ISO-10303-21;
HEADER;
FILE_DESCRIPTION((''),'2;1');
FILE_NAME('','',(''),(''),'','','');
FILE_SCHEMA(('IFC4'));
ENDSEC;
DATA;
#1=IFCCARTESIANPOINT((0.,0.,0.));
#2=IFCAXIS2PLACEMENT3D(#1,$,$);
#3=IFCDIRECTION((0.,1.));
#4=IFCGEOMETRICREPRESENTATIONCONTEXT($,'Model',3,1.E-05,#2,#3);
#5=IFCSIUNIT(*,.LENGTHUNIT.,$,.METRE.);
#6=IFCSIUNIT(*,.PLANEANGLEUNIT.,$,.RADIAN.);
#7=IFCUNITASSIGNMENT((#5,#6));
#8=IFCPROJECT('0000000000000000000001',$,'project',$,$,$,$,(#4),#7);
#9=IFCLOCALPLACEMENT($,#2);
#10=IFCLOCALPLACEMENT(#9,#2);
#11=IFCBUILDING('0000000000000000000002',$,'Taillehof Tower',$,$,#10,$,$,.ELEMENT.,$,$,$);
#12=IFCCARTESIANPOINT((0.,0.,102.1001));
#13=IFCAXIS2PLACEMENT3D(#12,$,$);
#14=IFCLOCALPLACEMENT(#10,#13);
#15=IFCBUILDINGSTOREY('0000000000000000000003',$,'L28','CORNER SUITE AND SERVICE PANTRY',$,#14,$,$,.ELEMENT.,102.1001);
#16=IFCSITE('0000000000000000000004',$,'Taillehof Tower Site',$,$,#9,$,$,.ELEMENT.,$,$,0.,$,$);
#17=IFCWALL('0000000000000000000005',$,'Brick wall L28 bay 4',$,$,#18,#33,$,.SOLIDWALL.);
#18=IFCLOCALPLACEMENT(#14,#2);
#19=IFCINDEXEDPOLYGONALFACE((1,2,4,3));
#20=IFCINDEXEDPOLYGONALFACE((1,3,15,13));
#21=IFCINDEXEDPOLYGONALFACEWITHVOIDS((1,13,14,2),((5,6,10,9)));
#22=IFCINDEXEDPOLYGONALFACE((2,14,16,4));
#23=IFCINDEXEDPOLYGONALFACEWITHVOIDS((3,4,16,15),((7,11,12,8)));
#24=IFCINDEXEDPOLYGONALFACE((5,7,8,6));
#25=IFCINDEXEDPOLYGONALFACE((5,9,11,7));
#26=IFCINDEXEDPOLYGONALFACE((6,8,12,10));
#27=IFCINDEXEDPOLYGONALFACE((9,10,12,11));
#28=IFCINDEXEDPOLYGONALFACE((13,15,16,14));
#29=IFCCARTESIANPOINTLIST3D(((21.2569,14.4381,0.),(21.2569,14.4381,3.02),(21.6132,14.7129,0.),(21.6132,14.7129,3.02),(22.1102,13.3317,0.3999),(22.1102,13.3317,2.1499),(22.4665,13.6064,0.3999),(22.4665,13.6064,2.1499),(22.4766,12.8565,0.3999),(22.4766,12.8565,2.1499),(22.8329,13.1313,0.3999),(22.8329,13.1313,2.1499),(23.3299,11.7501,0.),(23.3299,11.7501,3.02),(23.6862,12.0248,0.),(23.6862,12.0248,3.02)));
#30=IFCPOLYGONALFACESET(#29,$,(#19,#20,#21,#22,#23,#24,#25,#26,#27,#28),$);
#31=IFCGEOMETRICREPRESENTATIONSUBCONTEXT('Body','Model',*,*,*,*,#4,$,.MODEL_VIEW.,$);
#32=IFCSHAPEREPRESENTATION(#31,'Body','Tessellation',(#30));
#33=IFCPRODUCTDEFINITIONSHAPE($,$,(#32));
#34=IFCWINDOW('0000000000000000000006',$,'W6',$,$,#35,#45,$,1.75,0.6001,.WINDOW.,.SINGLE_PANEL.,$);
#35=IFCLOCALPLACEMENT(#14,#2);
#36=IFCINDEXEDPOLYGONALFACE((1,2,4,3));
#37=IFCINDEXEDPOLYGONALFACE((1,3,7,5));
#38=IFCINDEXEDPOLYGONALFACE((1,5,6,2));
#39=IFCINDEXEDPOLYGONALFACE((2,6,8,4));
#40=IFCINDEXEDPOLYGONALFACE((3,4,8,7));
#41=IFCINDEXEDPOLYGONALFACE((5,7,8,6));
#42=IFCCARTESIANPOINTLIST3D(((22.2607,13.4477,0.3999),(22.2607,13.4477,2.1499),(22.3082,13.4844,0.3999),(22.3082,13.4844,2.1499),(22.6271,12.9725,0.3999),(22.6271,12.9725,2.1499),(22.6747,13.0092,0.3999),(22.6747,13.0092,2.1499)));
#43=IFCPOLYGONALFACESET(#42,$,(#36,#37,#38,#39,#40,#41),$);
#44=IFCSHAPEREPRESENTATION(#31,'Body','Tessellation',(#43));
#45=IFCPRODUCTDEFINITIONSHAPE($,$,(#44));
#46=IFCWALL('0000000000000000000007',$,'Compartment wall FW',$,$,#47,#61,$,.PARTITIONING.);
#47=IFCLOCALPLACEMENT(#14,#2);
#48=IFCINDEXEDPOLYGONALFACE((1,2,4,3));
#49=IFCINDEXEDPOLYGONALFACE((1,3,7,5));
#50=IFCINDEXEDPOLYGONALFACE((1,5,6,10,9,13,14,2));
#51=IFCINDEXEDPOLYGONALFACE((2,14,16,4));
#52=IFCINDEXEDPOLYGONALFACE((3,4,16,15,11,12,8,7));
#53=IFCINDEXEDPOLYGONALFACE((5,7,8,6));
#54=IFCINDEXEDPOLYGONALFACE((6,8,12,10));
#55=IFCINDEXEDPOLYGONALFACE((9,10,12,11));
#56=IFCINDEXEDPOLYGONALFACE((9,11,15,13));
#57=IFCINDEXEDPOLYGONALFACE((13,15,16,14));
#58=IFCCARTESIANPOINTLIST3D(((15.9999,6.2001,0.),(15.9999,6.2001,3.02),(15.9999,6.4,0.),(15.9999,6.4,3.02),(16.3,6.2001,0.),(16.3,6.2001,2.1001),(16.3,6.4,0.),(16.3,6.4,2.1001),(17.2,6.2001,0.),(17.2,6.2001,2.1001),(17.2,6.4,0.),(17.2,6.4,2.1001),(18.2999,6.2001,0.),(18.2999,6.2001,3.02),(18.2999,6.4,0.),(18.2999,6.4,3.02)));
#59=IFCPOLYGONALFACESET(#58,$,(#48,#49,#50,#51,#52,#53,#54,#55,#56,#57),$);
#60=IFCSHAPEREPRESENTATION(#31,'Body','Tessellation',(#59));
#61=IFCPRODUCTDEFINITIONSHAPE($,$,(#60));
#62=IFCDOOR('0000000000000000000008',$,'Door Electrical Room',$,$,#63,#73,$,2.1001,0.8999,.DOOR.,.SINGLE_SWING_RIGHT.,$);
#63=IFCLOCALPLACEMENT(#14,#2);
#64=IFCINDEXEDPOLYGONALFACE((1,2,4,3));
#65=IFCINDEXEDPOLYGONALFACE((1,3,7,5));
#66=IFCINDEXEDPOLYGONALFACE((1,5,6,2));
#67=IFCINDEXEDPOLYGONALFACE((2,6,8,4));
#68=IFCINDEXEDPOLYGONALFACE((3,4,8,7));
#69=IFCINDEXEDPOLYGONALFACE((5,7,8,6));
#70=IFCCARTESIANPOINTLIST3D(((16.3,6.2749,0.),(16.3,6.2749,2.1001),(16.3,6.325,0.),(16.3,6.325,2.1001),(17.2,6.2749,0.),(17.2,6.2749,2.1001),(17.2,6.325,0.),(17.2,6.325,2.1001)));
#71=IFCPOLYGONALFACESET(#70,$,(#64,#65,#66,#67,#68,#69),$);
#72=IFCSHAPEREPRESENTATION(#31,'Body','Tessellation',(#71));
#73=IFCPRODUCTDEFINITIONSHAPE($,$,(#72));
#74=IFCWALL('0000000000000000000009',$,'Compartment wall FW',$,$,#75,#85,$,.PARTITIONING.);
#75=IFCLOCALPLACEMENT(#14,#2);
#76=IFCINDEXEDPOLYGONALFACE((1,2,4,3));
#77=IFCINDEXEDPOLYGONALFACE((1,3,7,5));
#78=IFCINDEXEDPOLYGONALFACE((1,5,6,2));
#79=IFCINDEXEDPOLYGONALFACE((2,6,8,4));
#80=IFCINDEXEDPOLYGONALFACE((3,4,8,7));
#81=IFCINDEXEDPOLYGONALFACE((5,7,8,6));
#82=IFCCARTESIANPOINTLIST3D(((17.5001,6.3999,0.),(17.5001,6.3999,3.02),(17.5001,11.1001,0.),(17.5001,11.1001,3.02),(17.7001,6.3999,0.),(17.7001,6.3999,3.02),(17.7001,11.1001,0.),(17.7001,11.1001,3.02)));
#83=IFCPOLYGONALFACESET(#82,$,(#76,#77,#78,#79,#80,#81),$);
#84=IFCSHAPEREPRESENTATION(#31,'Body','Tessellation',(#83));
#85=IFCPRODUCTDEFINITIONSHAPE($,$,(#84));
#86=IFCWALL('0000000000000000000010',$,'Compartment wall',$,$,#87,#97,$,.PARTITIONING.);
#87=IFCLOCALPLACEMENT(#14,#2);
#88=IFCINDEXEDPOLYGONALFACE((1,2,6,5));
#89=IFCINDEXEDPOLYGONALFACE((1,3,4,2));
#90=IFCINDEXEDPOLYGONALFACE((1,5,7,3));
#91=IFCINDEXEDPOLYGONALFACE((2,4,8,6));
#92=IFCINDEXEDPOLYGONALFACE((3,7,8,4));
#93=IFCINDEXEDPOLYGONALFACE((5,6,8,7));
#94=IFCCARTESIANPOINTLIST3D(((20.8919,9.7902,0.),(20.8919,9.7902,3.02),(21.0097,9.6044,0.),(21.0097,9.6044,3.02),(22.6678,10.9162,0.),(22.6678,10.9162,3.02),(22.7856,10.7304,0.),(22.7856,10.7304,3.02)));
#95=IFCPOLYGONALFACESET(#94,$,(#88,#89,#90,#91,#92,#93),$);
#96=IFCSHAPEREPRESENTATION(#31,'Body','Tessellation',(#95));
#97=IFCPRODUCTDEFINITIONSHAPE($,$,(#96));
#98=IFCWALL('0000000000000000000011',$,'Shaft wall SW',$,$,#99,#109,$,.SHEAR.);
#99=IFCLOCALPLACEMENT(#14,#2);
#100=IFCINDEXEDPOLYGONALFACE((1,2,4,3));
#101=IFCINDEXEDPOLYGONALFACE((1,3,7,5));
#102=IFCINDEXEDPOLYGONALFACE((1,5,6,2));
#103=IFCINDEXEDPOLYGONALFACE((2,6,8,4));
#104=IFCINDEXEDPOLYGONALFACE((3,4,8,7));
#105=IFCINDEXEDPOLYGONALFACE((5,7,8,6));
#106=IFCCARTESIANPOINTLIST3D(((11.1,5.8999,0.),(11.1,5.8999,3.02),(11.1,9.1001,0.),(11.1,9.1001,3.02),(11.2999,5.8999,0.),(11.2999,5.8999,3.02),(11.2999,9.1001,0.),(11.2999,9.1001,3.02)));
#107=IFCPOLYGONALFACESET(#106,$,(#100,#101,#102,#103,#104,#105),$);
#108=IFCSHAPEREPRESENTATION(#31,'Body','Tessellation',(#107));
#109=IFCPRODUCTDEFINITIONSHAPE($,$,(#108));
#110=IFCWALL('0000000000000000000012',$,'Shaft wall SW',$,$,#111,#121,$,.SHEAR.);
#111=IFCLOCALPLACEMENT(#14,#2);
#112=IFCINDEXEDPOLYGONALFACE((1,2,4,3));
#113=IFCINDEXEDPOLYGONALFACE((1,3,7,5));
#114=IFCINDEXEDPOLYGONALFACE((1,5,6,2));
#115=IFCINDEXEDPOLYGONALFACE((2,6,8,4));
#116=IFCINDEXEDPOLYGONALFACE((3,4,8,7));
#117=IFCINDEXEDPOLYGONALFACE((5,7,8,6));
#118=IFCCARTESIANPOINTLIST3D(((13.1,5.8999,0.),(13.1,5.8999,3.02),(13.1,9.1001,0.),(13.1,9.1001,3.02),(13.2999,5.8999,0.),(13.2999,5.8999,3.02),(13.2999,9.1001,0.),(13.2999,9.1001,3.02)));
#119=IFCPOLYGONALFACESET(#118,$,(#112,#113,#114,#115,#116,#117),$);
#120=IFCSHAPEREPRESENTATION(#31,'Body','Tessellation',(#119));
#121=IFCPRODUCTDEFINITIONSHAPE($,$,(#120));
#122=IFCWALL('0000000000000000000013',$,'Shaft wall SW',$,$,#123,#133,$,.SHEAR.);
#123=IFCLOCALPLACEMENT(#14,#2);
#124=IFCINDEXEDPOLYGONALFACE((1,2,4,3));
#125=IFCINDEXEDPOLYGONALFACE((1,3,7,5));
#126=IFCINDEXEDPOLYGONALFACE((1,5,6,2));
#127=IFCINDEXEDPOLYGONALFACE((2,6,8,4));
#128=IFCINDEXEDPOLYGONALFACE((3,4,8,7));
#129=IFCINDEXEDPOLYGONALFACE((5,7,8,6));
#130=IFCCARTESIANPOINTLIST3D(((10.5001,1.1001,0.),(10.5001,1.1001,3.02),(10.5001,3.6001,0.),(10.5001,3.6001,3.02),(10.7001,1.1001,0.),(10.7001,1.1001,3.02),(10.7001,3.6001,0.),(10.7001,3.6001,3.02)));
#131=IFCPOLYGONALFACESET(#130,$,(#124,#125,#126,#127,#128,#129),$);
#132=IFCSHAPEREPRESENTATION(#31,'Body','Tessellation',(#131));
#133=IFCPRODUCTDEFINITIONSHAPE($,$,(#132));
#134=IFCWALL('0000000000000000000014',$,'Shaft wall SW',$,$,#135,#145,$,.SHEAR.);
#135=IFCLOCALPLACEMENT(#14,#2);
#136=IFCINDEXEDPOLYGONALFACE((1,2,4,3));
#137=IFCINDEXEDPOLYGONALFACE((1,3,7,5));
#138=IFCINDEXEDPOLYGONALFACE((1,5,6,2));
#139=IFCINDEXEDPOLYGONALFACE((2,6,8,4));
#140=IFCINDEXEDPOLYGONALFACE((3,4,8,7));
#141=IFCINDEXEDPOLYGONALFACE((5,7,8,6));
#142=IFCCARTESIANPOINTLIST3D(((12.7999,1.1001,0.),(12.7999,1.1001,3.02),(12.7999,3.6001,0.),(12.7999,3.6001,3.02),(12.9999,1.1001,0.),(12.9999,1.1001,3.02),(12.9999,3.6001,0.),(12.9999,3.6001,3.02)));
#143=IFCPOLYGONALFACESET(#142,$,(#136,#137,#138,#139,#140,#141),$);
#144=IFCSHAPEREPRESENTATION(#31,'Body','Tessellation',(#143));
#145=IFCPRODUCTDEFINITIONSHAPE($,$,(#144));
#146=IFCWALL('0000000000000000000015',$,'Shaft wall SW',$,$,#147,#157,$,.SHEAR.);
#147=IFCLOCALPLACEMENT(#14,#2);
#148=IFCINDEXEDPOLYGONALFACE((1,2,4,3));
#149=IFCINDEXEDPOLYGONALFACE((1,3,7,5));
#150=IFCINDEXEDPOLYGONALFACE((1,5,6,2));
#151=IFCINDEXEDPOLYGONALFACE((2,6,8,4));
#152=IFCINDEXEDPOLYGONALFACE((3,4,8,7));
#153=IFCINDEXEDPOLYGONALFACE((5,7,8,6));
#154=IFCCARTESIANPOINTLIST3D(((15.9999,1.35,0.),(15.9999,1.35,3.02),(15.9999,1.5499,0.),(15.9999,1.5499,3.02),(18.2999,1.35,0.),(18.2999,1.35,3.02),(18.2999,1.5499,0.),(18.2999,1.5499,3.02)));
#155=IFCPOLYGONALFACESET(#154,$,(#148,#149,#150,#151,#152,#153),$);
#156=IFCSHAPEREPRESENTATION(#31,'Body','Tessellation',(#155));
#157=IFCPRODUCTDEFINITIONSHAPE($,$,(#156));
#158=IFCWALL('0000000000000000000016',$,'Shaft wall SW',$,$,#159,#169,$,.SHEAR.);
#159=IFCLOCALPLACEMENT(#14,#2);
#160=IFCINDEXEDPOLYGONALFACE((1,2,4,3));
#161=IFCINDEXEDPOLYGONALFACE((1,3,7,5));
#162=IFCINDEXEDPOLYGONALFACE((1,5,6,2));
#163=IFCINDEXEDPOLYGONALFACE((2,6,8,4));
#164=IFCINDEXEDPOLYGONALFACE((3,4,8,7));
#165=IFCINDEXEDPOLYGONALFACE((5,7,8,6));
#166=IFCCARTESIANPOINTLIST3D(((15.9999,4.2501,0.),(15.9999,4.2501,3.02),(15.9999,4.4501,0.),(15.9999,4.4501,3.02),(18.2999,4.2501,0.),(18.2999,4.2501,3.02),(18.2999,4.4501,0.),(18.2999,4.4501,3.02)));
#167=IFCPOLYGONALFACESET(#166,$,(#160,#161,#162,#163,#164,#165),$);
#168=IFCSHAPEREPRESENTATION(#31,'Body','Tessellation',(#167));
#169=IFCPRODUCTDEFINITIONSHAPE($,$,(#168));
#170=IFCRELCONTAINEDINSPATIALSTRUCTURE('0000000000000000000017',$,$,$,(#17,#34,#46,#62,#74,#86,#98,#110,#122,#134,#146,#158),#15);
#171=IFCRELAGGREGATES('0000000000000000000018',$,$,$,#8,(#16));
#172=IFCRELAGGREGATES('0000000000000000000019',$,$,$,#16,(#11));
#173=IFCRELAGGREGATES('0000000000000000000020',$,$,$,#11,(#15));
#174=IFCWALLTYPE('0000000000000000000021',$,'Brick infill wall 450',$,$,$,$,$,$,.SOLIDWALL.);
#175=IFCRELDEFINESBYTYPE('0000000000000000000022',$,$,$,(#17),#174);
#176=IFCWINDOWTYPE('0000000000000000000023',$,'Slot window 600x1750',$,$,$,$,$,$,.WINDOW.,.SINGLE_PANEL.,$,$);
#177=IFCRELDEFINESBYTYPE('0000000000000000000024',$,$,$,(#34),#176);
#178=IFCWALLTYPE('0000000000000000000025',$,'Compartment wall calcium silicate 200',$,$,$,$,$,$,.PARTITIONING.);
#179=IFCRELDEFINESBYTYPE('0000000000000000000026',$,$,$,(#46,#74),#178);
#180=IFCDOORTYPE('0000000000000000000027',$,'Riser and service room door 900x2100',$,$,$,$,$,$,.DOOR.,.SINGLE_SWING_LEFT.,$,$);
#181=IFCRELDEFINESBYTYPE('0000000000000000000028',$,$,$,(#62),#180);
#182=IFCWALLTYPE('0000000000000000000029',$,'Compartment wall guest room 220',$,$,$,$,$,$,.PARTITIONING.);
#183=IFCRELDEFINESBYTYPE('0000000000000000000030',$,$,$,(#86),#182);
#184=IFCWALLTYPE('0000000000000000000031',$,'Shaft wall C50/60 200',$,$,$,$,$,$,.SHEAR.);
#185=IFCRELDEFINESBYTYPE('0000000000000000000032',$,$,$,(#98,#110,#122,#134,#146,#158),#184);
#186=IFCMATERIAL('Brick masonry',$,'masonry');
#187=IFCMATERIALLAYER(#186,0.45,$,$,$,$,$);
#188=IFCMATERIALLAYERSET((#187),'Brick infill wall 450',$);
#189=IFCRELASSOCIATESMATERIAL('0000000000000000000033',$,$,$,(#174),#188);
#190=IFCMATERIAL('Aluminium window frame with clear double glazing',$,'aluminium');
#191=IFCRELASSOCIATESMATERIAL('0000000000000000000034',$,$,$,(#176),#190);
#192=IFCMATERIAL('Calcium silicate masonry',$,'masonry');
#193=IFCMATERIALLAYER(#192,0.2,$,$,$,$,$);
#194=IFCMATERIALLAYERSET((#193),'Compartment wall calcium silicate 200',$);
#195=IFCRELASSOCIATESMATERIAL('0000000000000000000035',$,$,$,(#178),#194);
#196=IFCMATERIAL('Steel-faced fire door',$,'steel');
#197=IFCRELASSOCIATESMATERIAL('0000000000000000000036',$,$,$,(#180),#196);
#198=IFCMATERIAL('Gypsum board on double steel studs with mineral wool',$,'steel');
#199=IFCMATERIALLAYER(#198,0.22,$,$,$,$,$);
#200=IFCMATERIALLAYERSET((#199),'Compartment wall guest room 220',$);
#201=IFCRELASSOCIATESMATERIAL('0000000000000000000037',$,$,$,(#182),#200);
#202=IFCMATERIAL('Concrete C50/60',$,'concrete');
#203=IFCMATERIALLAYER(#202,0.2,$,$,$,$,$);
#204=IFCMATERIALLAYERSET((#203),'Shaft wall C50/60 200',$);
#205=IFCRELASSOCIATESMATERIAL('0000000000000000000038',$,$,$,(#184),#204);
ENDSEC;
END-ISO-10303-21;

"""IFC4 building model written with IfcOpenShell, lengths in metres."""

from ifc_helpers import new_model, si_unit, direction, frame, frame_2d, origin, place, context, subcontext, project, spatial, rectangle, extrude, material, layer, layer_set, type_object, element, fill, save


model = new_model("IFC4")

# Units and contexts
model_context = context("Model", 3, precision=1e-05, world=origin(), true_north=direction((0.0, 1.0)))
body_context = subcontext(model_context, "Body", "Model", "MODEL_VIEW")
ifc_project = project(units=[si_unit("LENGTHUNIT", "METRE"), si_unit("PLANEANGLEUNIT", "RADIAN")], contexts=[model_context])

# Site, building, storey
site_placement = place(None, origin())
site = spatial("IfcSite", under=ifc_project, at=site_placement, Name="Taillehof Tower Site", CompositionType="ELEMENT", RefElevation=0.0)
building_placement = place(site_placement, origin())
building = spatial("IfcBuilding", under=site, at=building_placement, Name="Taillehof Tower", CompositionType="ELEMENT")
storey_placement = place(building_placement, frame((0.0, 0.0, 102.1001)))
storey = spatial("IfcBuildingStorey", under=building, at=storey_placement, Name="L28", Description="CORNER SUITE AND SERVICE PANTRY", CompositionType="ELEMENT", Elevation=102.1001)

# Shared definitions
ifc_material_1 = material(Name="Brick masonry", Category="masonry")
ifc_layer_1 = layer(ifc_material_1, 0.45)
ifc_layer_set_1 = layer_set([ifc_layer_1], Name="Brick infill wall 450")
wall_type_1 = type_object("IfcWallType", Name="Brick infill wall 450", PredefinedType="SOLIDWALL", material=ifc_layer_set_1)
ifc_material_2 = material(Name="Aluminium window frame with clear double glazing", Category="aluminium")
window_type = type_object("IfcWindowType", Name="Slot window 600x1750", PartitioningType="SINGLE_PANEL", PredefinedType="WINDOW", material=ifc_material_2)

# Wall, opening, window
wall_1_placement = place(storey_placement, frame((23.5081, 11.8875, 0.0), z_axis=(0.0, 0.0, 1.0), x_axis=(-0.610694, 0.791867, 0.0)))
wall_1 = element("IfcWall", 1, at=wall_1_placement, inside=storey, type_object=wall_type_1, Name="Brick wall L28 bay 4", PredefinedType="SOLIDWALL", context=body_context, shape_type="SweptSolid", body=[
    extrude(rectangle(XDim=3.3945, YDim=0.45, at=frame_2d((1.6973, 0.0))), origin(), (0.0, 0.0, 1.0), 3.02),
])
opening_1_placement = place(wall_1_placement, frame((1.3972, 0.0, 0.3999)))
opening_1 = element("IfcOpeningElement", 2, at=opening_1_placement, cuts=wall_1, PredefinedType="OPENING", context=body_context, shape_type="SweptSolid", body=[
    extrude(rectangle(XDim=0.6001, YDim=1.75, at=frame_2d((0.3, 0.875))), frame((0.0, 0.2349, 0.0), z_axis=(0.0, -1.0, 0.0), x_axis=(1.0, 0.0, 0.0)), (0.0, 0.0, 1.0), 0.47),
])
window_1_placement = place(opening_1_placement, origin())
window_1 = element("IfcWindow", 3, at=window_1_placement, inside=storey, type_object=window_type, Name="W6", OverallHeight=1.75, OverallWidth=0.6001, PartitioningType="SINGLE_PANEL", PredefinedType="WINDOW", context=body_context, shape_type="SweptSolid", body=[
    extrude(rectangle(XDim=0.6001, YDim=1.75, at=frame_2d((0.3, 0.875))), frame((0.0, 0.0349, 0.0), z_axis=(0.0, -1.0, 0.0), x_axis=(1.0, 0.0, 0.0)), (0.0, 0.0, 1.0), 0.0601),
])
fill(opening_1, window_1)

# Wall, opening, door
ifc_material_3 = material(Name="Calcium silicate masonry", Category="masonry")
ifc_layer_2 = layer(ifc_material_3, 0.2)
ifc_layer_set_2 = layer_set([ifc_layer_2], Name="Compartment wall calcium silicate 200")
wall_type_2 = type_object("IfcWallType", Name="Compartment wall calcium silicate 200", PredefinedType="PARTITIONING", material=ifc_layer_set_2)
wall_2_placement = place(storey_placement, frame((16.0, 6.3, 0.0), z_axis=(0.0, 0.0, 1.0), x_axis=(1.0, 0.0, 0.0)))
wall_2 = element("IfcWall", 4, at=wall_2_placement, inside=storey, type_object=wall_type_2, Name="Compartment wall FW", PredefinedType="PARTITIONING", context=body_context, shape_type="SweptSolid", body=[
    extrude(rectangle(XDim=2.3, YDim=0.2, at=frame_2d((1.1499, 0.0))), origin(), (0.0, 0.0, 1.0), 3.02),
])
opening_2_placement = place(wall_2_placement, frame((0.3, 0.0, 0.0)))
opening_2 = element("IfcOpeningElement", 5, at=opening_2_placement, cuts=wall_2, PredefinedType="OPENING", context=body_context, shape_type="SweptSolid", body=[
    extrude(rectangle(XDim=0.8999, YDim=2.1001, at=frame_2d((0.45, 1.05))), frame((0.0, 0.1099, 0.0), z_axis=(0.0, -1.0, 0.0), x_axis=(1.0, 0.0, 0.0)), (0.0, 0.0, 1.0), 0.22),
])
ifc_material_4 = material(Name="Steel-faced fire door", Category="steel")
door_type = type_object("IfcDoorType", Name="Riser and service room door 900x2100", OperationType="SINGLE_SWING_LEFT", PredefinedType="DOOR", material=ifc_material_4)
door_placement = place(opening_2_placement, origin())
door = element("IfcDoor", 6, at=door_placement, inside=storey, type_object=door_type, Name="Door Electrical Room", OperationType="SINGLE_SWING_RIGHT", OverallHeight=2.1001, OverallWidth=0.8999, PredefinedType="DOOR", context=body_context, shape_type="SweptSolid", body=[
    extrude(rectangle(XDim=0.8999, YDim=2.1001, at=frame_2d((0.45, 1.05))), frame((0.0, 0.0249, 0.0), z_axis=(0.0, -1.0, 0.0), x_axis=(1.0, 0.0, 0.0)), (0.0, 0.0, 1.0), 0.05),
])
fill(opening_2, door)

# Walls
wall_3_placement = place(storey_placement, frame((17.6001, 6.3999, 0.0), z_axis=(0.0, 0.0, 1.0), x_axis=(0.0, 1.0, 0.0)))
element("IfcWall", 7, at=wall_3_placement, inside=storey, type_object=wall_type_2, Name="Compartment wall FW", PredefinedType="PARTITIONING", context=body_context, shape_type="SweptSolid", body=[
    extrude(rectangle(XDim=4.7002, YDim=0.2, at=frame_2d((2.3501, 0.0))), origin(), (0.0, 0.0, 1.0), 3.02),
])
ifc_material_5 = material(Name="Gypsum board on double steel studs with mineral wool", Category="steel")
ifc_layer_3 = layer(ifc_material_5, 0.22)
ifc_layer_set_3 = layer_set([ifc_layer_3], Name="Compartment wall guest room 220")
wall_type_3 = type_object("IfcWallType", Name="Compartment wall guest room 220", PredefinedType="PARTITIONING", material=ifc_layer_set_3)
wall_4_placement = place(storey_placement, frame((22.7266, 10.8232, 0.0), z_axis=(0.0, 0.0, 1.0), x_axis=(-0.84455, -0.535477, 0.0)))
element("IfcWall", 8, at=wall_4_placement, inside=storey, type_object=wall_type_3, Name="Compartment wall", PredefinedType="PARTITIONING", context=body_context, shape_type="SweptSolid", body=[
    extrude(rectangle(XDim=2.1028, YDim=0.22, at=frame_2d((1.0513, 0.0))), origin(), (0.0, 0.0, 1.0), 3.02),
])
ifc_material_6 = material(Name="Concrete C50/60", Category="concrete")
ifc_layer_4 = layer(ifc_material_6, 0.2)
ifc_layer_set_4 = layer_set([ifc_layer_4], Name="Shaft wall C50/60 200")
wall_type_4 = type_object("IfcWallType", Name="Shaft wall C50/60 200", PredefinedType="SHEAR", material=ifc_layer_set_4)
for number, where, z_axis, x_axis, name in (
    (9, (11.2, 5.8999, 0.0), (0.0, 0.0, 1.0), (0.0, 1.0, 0.0), "Shaft wall SW"),
    (10, (13.2, 5.8999, 0.0), (0.0, 0.0, 1.0), (0.0, 1.0, 0.0), "Shaft wall SW"),
):
    element("IfcWall", number, at=place(storey_placement, frame(where, z_axis=z_axis, x_axis=x_axis)), inside=storey, type_object=wall_type_4, Name=name, PredefinedType="SHEAR", context=body_context, shape_type="SweptSolid", body=[
        extrude(rectangle(XDim=3.2002, YDim=0.2, at=frame_2d((1.6001, 0.0))), origin(), (0.0, 0.0, 1.0), 3.02),
    ])
for number, where, z_axis, x_axis, name in (
    (11, (10.6001, 1.1001, 0.0), (0.0, 0.0, 1.0), (0.0, 1.0, 0.0), "Shaft wall SW"),
    (12, (12.8999, 1.1001, 0.0), (0.0, 0.0, 1.0), (0.0, 1.0, 0.0), "Shaft wall SW"),
):
    element("IfcWall", number, at=place(storey_placement, frame(where, z_axis=z_axis, x_axis=x_axis)), inside=storey, type_object=wall_type_4, Name=name, PredefinedType="SHEAR", context=body_context, shape_type="SweptSolid", body=[
        extrude(rectangle(XDim=2.5, YDim=0.2, at=frame_2d((1.25, 0.0))), origin(), (0.0, 0.0, 1.0), 3.02),
    ])
for number, where, z_axis, x_axis, name in (
    (13, (16.0, 1.45, 0.0), (0.0, 0.0, 1.0), (1.0, 0.0, 0.0), "Shaft wall SW"),
    (14, (16.0, 4.3501, 0.0), (0.0, 0.0, 1.0), (1.0, 0.0, 0.0), "Shaft wall SW"),
):
    element("IfcWall", number, at=place(storey_placement, frame(where, z_axis=z_axis, x_axis=x_axis)), inside=storey, type_object=wall_type_4, Name=name, PredefinedType="SHEAR", context=body_context, shape_type="SweptSolid", body=[
        extrude(rectangle(XDim=2.3, YDim=0.2, at=frame_2d((1.1499, 0.0))), origin(), (0.0, 0.0, 1.0), 3.02),
    ])

save(model, "model.ifc")
